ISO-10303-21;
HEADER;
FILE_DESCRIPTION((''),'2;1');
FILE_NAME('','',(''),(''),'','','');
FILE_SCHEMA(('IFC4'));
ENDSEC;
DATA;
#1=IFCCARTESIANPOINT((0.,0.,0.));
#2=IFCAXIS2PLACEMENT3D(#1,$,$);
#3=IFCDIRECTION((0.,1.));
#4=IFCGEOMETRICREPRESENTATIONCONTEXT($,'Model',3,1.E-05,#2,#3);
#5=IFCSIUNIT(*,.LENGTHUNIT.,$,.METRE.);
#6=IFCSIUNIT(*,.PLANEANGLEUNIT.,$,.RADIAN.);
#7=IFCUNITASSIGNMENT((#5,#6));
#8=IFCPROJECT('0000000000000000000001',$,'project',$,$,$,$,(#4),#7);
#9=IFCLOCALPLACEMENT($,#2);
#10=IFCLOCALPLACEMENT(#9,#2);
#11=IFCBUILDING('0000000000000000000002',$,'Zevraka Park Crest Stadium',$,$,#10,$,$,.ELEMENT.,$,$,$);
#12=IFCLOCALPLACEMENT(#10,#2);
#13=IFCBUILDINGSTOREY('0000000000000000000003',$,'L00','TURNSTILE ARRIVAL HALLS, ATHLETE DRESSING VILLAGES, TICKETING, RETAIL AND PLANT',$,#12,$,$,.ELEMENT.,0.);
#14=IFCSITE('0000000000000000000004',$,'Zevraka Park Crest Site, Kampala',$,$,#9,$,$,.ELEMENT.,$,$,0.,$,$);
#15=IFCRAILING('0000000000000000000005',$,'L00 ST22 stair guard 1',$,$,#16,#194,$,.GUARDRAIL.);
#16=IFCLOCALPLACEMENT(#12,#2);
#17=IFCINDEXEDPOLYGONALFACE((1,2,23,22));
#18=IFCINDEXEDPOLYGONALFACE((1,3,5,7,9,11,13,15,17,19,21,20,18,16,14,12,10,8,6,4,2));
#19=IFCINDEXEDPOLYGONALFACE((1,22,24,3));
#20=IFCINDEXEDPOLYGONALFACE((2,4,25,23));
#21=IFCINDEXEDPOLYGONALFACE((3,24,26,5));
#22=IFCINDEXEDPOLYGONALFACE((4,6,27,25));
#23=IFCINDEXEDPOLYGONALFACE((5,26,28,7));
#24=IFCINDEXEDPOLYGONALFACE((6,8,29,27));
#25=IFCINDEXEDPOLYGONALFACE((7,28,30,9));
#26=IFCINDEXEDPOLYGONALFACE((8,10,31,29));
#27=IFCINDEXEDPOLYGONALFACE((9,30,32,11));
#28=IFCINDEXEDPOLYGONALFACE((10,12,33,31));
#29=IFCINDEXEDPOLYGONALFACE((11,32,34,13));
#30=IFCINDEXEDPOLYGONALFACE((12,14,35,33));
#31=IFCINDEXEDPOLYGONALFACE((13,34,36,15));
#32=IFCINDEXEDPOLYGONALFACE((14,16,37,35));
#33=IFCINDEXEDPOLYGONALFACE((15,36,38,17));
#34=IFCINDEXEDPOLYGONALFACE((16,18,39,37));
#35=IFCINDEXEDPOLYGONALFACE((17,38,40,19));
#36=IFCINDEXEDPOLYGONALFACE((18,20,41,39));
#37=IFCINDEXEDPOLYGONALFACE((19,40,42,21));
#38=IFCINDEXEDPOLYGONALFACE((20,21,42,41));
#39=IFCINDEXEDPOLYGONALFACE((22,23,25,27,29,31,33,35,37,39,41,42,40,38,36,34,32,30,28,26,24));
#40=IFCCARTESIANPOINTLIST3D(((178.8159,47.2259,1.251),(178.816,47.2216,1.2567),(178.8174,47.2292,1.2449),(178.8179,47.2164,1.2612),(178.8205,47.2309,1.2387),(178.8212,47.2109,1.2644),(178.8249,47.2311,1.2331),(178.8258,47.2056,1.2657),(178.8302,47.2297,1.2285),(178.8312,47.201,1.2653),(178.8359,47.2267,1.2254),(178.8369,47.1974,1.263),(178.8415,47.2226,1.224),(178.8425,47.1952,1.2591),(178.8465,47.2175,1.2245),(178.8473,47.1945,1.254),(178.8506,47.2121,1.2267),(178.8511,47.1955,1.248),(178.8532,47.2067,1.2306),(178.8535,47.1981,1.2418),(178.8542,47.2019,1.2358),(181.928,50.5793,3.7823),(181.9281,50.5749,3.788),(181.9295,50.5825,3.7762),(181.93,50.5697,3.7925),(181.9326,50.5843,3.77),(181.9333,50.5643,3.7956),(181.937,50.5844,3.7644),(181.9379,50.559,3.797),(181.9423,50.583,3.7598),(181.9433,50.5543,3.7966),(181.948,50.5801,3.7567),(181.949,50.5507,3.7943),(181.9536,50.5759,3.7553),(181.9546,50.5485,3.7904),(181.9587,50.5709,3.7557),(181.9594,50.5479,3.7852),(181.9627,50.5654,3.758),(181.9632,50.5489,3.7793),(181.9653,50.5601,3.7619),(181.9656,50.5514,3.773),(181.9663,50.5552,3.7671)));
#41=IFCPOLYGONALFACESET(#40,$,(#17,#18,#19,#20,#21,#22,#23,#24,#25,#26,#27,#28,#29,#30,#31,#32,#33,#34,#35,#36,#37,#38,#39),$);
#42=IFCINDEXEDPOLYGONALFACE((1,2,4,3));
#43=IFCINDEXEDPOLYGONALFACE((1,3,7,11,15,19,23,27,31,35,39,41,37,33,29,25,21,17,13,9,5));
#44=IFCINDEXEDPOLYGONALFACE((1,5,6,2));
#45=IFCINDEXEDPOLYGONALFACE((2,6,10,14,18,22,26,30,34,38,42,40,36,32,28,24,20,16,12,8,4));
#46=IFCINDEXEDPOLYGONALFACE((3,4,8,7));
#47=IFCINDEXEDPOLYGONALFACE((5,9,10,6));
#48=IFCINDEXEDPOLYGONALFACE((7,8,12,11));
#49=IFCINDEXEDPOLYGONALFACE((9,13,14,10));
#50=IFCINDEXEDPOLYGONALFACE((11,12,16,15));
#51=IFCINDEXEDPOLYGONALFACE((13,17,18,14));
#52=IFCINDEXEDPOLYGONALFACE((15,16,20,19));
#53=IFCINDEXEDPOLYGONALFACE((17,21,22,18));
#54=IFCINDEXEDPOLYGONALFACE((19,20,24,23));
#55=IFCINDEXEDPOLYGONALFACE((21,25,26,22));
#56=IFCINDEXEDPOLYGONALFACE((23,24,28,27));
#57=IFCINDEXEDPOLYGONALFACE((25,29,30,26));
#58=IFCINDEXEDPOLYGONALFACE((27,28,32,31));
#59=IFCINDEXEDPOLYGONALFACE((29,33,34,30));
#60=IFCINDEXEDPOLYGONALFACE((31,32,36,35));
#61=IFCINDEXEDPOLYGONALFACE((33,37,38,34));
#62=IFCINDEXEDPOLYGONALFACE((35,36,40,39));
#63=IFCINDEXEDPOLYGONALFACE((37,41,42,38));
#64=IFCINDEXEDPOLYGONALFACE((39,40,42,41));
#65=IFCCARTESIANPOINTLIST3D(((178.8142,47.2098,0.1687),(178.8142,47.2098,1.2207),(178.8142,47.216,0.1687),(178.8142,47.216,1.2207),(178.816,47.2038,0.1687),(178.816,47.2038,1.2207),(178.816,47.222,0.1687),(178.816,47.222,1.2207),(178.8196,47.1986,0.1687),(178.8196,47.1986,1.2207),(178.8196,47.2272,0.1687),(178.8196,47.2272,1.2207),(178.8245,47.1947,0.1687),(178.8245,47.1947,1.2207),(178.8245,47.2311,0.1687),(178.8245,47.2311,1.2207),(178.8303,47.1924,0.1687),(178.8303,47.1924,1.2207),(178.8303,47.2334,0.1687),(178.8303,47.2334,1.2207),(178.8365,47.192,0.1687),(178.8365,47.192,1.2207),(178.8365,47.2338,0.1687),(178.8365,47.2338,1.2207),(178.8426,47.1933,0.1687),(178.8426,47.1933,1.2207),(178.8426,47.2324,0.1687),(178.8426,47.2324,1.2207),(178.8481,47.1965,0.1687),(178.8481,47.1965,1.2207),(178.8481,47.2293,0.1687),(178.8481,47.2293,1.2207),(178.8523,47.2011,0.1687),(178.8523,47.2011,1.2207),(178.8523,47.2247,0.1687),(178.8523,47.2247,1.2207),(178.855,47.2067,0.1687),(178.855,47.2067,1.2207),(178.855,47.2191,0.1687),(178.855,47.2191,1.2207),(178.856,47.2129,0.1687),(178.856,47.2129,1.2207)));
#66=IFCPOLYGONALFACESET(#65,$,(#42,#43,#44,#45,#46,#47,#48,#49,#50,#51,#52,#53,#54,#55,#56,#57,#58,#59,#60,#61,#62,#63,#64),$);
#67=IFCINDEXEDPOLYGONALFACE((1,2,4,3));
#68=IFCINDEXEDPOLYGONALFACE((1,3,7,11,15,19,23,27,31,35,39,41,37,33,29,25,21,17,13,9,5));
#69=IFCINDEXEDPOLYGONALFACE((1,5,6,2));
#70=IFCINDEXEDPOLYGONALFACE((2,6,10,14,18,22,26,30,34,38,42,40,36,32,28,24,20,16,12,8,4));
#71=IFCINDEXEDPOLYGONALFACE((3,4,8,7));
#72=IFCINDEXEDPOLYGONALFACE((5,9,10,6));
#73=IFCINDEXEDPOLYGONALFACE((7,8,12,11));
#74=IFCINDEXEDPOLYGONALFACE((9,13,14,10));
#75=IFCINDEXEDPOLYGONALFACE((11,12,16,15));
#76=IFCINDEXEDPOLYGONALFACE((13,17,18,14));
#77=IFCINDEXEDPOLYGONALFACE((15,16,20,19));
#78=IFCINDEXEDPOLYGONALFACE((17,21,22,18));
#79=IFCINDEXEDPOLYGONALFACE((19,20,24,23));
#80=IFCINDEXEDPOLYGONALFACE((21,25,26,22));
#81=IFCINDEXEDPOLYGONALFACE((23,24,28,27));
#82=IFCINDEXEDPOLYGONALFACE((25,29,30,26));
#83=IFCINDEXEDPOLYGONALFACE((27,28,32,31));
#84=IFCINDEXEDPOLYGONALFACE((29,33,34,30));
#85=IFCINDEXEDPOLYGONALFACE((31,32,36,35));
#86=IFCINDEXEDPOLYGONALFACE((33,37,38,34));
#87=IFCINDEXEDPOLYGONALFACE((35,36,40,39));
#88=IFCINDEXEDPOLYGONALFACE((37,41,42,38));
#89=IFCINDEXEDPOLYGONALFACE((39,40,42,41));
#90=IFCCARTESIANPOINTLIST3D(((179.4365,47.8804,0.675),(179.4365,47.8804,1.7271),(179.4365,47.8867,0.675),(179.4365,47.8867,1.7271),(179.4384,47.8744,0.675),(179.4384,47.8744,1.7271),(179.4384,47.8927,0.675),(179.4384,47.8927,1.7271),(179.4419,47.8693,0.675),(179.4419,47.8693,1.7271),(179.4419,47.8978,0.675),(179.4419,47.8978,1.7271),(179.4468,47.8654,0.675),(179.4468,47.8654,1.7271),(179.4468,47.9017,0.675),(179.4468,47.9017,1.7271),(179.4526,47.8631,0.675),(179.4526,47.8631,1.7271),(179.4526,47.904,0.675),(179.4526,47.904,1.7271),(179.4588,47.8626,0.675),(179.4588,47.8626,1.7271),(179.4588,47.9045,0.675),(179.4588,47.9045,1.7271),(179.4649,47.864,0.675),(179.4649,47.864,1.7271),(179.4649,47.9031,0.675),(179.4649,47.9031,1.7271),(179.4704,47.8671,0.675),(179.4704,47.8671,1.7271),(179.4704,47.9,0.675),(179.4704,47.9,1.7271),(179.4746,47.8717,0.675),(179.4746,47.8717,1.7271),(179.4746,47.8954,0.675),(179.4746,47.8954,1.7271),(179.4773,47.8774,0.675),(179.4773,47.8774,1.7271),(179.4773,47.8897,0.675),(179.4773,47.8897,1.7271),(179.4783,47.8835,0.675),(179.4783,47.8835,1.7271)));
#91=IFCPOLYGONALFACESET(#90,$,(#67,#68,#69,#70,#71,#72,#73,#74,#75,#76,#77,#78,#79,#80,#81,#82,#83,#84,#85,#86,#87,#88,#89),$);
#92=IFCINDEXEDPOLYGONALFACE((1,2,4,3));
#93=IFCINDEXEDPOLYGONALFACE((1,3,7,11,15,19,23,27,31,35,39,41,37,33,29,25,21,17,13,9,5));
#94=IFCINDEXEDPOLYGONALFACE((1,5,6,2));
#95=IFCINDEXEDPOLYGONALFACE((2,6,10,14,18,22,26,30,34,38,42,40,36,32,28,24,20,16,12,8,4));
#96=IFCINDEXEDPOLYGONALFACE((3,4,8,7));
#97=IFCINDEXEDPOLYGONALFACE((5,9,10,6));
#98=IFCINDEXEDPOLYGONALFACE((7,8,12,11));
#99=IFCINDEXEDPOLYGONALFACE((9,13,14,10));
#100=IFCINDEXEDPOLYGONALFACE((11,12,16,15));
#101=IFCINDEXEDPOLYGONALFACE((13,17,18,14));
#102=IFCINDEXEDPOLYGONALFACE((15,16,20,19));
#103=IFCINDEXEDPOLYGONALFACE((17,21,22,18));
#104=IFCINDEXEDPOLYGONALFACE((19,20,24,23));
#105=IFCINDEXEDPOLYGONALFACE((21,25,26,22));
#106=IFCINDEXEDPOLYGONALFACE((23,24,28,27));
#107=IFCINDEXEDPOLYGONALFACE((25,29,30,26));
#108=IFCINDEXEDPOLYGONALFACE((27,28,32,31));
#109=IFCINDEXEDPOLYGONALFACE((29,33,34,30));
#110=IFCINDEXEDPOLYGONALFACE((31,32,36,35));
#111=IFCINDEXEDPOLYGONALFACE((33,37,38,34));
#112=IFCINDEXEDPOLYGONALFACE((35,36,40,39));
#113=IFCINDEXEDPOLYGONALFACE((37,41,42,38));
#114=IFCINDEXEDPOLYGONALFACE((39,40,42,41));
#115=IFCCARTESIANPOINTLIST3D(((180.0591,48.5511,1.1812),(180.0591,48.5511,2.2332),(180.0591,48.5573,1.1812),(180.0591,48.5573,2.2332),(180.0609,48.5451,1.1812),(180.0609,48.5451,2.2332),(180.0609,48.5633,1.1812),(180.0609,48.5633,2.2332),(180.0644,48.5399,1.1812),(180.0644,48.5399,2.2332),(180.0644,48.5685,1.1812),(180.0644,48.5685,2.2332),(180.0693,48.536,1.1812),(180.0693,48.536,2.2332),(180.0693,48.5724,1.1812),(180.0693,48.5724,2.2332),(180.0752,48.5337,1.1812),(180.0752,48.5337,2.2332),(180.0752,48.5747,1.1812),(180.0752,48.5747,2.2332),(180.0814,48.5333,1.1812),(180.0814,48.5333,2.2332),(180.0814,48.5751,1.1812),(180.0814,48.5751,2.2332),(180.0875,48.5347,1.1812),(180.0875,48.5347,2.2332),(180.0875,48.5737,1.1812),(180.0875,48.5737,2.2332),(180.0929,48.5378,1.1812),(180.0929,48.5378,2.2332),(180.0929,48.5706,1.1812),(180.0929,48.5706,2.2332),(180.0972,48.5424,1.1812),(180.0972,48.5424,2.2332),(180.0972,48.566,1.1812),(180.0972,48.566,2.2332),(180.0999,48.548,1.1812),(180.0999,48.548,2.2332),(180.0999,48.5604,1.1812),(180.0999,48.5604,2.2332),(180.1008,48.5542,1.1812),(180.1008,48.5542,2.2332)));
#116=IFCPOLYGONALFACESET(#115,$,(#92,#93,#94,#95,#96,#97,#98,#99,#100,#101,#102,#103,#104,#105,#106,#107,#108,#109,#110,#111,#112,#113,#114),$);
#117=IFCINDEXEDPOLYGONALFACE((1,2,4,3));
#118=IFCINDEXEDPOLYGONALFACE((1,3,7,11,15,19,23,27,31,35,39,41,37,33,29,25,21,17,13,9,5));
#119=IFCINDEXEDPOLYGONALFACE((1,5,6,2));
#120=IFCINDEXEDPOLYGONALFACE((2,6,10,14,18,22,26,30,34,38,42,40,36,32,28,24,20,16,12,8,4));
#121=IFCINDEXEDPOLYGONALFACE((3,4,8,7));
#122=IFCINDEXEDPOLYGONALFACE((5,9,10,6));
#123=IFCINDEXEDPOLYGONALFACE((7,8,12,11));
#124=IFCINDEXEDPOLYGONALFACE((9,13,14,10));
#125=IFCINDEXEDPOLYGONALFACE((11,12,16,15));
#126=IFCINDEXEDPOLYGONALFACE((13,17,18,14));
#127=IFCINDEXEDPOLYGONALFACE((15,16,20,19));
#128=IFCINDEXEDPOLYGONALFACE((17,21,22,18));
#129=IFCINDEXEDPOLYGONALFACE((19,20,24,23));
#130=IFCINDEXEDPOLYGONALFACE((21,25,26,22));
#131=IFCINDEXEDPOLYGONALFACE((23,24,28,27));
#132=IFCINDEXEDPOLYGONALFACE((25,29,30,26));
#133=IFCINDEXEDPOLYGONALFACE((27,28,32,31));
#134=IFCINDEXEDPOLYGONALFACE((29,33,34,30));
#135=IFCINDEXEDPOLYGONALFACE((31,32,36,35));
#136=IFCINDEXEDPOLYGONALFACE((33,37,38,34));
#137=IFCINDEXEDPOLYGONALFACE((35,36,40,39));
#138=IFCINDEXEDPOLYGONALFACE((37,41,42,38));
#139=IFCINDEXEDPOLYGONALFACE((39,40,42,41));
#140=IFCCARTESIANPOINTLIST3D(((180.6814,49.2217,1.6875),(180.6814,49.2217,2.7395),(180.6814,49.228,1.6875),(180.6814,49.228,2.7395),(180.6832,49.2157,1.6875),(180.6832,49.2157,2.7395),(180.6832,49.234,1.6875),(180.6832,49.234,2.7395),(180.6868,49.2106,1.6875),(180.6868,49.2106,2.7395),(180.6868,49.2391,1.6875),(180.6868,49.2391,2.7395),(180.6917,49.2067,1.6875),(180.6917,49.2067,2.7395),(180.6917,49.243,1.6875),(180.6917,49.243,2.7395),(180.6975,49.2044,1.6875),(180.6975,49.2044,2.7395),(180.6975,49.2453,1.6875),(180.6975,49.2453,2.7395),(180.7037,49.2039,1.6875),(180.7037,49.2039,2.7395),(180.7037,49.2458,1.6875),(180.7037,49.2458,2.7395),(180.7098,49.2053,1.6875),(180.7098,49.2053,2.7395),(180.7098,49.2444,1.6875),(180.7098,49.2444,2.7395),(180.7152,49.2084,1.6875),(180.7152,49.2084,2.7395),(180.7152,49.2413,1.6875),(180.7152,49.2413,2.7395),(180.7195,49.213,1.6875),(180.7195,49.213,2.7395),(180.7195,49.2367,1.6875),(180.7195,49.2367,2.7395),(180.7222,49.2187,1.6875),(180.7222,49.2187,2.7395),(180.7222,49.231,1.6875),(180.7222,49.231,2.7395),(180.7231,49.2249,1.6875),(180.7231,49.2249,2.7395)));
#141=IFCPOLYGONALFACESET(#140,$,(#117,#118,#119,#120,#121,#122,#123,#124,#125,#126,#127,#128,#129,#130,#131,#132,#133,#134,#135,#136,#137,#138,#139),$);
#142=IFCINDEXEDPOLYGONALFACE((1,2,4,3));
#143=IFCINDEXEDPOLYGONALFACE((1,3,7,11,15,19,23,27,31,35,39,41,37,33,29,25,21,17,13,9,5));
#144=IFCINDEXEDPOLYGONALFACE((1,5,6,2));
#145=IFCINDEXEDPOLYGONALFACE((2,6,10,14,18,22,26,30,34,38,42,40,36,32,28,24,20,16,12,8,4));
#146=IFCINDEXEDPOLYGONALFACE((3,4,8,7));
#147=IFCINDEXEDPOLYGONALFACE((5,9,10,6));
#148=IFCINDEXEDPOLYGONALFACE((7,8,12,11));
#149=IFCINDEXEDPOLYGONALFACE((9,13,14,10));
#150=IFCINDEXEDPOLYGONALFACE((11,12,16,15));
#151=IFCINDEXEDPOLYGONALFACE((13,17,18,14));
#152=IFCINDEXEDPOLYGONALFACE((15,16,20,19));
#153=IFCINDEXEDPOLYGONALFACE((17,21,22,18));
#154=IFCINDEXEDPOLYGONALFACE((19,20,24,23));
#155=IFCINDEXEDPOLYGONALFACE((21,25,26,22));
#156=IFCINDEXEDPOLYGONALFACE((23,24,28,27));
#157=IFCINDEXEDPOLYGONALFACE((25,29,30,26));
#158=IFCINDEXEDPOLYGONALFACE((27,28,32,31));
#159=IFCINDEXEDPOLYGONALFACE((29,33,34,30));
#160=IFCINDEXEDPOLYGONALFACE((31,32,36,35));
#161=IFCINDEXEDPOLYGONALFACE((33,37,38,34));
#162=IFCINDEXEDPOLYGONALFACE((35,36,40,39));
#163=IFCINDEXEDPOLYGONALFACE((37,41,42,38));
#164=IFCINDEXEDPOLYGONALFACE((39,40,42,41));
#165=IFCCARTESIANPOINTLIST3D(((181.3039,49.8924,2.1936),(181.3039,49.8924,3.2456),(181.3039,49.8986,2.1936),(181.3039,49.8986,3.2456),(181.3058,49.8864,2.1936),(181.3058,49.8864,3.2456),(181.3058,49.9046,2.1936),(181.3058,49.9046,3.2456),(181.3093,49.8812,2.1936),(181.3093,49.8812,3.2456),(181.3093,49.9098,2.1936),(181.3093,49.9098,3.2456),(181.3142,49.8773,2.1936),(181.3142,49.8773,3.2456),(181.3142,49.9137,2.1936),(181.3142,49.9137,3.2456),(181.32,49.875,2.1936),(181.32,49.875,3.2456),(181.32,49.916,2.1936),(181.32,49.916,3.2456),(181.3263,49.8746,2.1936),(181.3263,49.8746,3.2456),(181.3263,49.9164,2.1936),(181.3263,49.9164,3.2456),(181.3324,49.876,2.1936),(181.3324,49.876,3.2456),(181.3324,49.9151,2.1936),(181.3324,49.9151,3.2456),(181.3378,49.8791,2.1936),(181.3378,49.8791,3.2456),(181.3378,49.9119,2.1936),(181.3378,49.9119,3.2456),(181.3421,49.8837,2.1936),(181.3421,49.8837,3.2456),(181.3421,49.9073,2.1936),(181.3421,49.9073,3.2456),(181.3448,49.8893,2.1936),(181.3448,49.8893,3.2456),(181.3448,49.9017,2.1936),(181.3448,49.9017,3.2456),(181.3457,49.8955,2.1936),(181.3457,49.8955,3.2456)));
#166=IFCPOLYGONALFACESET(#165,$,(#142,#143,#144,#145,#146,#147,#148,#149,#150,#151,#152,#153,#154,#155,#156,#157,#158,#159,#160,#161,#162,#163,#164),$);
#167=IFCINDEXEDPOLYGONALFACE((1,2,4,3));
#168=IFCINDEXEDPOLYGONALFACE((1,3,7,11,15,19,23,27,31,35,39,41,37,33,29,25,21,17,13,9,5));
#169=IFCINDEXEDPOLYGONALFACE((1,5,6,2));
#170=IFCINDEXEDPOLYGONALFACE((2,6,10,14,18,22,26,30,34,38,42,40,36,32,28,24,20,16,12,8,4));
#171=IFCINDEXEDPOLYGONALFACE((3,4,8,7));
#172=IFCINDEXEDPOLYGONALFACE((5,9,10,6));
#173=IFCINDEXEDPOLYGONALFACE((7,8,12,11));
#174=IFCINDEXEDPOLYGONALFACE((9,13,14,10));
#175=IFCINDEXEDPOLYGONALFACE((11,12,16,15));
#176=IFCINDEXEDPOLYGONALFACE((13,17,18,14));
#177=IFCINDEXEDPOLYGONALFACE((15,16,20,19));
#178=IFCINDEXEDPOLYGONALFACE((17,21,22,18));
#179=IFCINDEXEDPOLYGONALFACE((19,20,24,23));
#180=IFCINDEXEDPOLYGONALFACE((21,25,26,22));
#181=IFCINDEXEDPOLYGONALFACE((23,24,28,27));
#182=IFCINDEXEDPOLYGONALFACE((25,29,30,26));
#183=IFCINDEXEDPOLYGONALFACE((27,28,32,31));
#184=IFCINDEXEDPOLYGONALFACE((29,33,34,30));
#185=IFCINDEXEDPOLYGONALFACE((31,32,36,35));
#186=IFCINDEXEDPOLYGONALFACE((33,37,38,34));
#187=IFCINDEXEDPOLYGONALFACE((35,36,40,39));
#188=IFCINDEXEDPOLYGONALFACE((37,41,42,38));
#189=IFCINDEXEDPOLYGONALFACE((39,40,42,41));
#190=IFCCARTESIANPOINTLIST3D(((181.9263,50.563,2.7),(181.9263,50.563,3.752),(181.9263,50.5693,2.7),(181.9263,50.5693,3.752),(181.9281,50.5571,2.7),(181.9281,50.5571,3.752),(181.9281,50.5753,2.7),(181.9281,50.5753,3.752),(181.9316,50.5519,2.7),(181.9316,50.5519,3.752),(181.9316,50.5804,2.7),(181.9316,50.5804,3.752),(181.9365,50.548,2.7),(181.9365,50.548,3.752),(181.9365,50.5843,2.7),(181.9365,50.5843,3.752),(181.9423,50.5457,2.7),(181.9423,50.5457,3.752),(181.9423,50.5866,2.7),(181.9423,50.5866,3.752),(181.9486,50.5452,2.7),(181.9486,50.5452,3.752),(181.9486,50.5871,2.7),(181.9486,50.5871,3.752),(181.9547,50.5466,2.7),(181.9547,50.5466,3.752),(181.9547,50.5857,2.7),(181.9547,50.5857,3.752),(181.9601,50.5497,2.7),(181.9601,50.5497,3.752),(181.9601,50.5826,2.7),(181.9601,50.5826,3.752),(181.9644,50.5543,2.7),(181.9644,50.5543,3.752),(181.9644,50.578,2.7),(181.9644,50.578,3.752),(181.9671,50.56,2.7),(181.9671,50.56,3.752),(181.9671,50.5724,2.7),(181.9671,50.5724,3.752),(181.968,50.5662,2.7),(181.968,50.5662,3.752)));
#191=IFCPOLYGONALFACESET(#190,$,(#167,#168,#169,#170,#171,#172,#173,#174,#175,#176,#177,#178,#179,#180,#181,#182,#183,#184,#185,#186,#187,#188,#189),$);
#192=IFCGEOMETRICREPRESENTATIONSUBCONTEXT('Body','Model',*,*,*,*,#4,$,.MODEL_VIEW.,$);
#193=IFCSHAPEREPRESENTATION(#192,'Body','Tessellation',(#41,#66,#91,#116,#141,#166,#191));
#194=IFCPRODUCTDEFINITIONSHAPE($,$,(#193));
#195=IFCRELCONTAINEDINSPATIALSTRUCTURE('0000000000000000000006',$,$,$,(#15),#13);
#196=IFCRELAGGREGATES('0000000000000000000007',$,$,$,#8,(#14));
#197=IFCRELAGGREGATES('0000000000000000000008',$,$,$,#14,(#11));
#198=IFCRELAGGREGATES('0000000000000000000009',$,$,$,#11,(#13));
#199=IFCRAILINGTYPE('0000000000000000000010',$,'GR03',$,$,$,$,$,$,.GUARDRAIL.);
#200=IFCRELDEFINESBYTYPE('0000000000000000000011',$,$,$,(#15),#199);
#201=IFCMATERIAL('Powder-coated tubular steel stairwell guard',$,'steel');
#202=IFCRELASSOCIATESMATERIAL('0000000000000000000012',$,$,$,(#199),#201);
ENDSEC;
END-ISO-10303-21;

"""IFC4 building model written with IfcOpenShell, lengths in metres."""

from ifc_helpers import new_model, si_unit, direction, frame, origin, origin_2d, place, context, subcontext, project, spatial, circle, extrude, material, type_object, element, save


model = new_model("IFC4")

# Units and contexts
model_context = context("Model", 3, precision=1e-05, world=origin(), true_north=direction((0.0, 1.0)))
body_context = subcontext(model_context, "Body", "Model", "MODEL_VIEW")
ifc_project = project(units=[si_unit("LENGTHUNIT", "METRE"), si_unit("PLANEANGLEUNIT", "RADIAN")], contexts=[model_context])

# Site, building, storey
site_placement = place(None, origin())
site = spatial("IfcSite", under=ifc_project, at=site_placement, Name="Zevraka Park Crest Site, Kampala", CompositionType="ELEMENT", RefElevation=0.0)
building_placement = place(site_placement, origin())
building = spatial("IfcBuilding", under=site, at=building_placement, Name="Zevraka Park Crest Stadium", CompositionType="ELEMENT")
storey_placement = place(building_placement, origin())
storey = spatial("IfcBuildingStorey", under=building, at=storey_placement, Name="L00", Description="TURNSTILE ARRIVAL HALLS, ATHLETE DRESSING VILLAGES, TICKETING, RETAIL AND PLANT", CompositionType="ELEMENT", Elevation=0.0)

# Railing
ifc_material_1 = material(Name="Powder-coated tubular steel stairwell guard", Category="steel")
railing_type_1 = type_object("IfcRailingType", Name="GR03", PredefinedType="GUARDRAIL", material=ifc_material_1)
railing_1_placement = place(storey_placement, frame((178.835, 47.2129, 0.1687)))
element("IfcRailing", 1, at=railing_1_placement, inside=storey, type_object=railing_type_1, Name="L00 ST22 stair guard 1", PredefinedType="GUARDRAIL", context=body_context, shape_type="SweptSolid", body=[
    extrude(circle(Radius=0.0239, at=origin_2d()), frame((0.0, 0.0, 1.0762), z_axis=(0.595218, 0.641352, 0.484131), x_axis=(-0.732978, 0.680253, 0.0)), (0.0, 0.0, 1.0), 5.2285),
    extrude(circle(Radius=0.021, at=origin_2d()), origin(), (0.0, 0.0, 1.0), 1.052),
    extrude(circle(Radius=0.021, at=origin_2d()), frame((0.6223, 0.6707, 0.5063)), (0.0, 0.0, 1.0), 1.052),
    extrude(circle(Radius=0.021, at=origin_2d()), frame((1.2449, 1.3413, 1.0125)), (0.0, 0.0, 1.0), 1.052),
    extrude(circle(Radius=0.021, at=origin_2d()), frame((1.8672, 2.012, 1.5188)), (0.0, 0.0, 1.0), 1.052),
    extrude(circle(Radius=0.021, at=origin_2d()), frame((2.4897, 2.6826, 2.0249)), (0.0, 0.0, 1.0), 1.052),
    extrude(circle(Radius=0.021, at=origin_2d()), frame((3.1121, 3.3533, 2.5312)), (0.0, 0.0, 1.0), 1.052),
])

save(model, "model.ifc")
